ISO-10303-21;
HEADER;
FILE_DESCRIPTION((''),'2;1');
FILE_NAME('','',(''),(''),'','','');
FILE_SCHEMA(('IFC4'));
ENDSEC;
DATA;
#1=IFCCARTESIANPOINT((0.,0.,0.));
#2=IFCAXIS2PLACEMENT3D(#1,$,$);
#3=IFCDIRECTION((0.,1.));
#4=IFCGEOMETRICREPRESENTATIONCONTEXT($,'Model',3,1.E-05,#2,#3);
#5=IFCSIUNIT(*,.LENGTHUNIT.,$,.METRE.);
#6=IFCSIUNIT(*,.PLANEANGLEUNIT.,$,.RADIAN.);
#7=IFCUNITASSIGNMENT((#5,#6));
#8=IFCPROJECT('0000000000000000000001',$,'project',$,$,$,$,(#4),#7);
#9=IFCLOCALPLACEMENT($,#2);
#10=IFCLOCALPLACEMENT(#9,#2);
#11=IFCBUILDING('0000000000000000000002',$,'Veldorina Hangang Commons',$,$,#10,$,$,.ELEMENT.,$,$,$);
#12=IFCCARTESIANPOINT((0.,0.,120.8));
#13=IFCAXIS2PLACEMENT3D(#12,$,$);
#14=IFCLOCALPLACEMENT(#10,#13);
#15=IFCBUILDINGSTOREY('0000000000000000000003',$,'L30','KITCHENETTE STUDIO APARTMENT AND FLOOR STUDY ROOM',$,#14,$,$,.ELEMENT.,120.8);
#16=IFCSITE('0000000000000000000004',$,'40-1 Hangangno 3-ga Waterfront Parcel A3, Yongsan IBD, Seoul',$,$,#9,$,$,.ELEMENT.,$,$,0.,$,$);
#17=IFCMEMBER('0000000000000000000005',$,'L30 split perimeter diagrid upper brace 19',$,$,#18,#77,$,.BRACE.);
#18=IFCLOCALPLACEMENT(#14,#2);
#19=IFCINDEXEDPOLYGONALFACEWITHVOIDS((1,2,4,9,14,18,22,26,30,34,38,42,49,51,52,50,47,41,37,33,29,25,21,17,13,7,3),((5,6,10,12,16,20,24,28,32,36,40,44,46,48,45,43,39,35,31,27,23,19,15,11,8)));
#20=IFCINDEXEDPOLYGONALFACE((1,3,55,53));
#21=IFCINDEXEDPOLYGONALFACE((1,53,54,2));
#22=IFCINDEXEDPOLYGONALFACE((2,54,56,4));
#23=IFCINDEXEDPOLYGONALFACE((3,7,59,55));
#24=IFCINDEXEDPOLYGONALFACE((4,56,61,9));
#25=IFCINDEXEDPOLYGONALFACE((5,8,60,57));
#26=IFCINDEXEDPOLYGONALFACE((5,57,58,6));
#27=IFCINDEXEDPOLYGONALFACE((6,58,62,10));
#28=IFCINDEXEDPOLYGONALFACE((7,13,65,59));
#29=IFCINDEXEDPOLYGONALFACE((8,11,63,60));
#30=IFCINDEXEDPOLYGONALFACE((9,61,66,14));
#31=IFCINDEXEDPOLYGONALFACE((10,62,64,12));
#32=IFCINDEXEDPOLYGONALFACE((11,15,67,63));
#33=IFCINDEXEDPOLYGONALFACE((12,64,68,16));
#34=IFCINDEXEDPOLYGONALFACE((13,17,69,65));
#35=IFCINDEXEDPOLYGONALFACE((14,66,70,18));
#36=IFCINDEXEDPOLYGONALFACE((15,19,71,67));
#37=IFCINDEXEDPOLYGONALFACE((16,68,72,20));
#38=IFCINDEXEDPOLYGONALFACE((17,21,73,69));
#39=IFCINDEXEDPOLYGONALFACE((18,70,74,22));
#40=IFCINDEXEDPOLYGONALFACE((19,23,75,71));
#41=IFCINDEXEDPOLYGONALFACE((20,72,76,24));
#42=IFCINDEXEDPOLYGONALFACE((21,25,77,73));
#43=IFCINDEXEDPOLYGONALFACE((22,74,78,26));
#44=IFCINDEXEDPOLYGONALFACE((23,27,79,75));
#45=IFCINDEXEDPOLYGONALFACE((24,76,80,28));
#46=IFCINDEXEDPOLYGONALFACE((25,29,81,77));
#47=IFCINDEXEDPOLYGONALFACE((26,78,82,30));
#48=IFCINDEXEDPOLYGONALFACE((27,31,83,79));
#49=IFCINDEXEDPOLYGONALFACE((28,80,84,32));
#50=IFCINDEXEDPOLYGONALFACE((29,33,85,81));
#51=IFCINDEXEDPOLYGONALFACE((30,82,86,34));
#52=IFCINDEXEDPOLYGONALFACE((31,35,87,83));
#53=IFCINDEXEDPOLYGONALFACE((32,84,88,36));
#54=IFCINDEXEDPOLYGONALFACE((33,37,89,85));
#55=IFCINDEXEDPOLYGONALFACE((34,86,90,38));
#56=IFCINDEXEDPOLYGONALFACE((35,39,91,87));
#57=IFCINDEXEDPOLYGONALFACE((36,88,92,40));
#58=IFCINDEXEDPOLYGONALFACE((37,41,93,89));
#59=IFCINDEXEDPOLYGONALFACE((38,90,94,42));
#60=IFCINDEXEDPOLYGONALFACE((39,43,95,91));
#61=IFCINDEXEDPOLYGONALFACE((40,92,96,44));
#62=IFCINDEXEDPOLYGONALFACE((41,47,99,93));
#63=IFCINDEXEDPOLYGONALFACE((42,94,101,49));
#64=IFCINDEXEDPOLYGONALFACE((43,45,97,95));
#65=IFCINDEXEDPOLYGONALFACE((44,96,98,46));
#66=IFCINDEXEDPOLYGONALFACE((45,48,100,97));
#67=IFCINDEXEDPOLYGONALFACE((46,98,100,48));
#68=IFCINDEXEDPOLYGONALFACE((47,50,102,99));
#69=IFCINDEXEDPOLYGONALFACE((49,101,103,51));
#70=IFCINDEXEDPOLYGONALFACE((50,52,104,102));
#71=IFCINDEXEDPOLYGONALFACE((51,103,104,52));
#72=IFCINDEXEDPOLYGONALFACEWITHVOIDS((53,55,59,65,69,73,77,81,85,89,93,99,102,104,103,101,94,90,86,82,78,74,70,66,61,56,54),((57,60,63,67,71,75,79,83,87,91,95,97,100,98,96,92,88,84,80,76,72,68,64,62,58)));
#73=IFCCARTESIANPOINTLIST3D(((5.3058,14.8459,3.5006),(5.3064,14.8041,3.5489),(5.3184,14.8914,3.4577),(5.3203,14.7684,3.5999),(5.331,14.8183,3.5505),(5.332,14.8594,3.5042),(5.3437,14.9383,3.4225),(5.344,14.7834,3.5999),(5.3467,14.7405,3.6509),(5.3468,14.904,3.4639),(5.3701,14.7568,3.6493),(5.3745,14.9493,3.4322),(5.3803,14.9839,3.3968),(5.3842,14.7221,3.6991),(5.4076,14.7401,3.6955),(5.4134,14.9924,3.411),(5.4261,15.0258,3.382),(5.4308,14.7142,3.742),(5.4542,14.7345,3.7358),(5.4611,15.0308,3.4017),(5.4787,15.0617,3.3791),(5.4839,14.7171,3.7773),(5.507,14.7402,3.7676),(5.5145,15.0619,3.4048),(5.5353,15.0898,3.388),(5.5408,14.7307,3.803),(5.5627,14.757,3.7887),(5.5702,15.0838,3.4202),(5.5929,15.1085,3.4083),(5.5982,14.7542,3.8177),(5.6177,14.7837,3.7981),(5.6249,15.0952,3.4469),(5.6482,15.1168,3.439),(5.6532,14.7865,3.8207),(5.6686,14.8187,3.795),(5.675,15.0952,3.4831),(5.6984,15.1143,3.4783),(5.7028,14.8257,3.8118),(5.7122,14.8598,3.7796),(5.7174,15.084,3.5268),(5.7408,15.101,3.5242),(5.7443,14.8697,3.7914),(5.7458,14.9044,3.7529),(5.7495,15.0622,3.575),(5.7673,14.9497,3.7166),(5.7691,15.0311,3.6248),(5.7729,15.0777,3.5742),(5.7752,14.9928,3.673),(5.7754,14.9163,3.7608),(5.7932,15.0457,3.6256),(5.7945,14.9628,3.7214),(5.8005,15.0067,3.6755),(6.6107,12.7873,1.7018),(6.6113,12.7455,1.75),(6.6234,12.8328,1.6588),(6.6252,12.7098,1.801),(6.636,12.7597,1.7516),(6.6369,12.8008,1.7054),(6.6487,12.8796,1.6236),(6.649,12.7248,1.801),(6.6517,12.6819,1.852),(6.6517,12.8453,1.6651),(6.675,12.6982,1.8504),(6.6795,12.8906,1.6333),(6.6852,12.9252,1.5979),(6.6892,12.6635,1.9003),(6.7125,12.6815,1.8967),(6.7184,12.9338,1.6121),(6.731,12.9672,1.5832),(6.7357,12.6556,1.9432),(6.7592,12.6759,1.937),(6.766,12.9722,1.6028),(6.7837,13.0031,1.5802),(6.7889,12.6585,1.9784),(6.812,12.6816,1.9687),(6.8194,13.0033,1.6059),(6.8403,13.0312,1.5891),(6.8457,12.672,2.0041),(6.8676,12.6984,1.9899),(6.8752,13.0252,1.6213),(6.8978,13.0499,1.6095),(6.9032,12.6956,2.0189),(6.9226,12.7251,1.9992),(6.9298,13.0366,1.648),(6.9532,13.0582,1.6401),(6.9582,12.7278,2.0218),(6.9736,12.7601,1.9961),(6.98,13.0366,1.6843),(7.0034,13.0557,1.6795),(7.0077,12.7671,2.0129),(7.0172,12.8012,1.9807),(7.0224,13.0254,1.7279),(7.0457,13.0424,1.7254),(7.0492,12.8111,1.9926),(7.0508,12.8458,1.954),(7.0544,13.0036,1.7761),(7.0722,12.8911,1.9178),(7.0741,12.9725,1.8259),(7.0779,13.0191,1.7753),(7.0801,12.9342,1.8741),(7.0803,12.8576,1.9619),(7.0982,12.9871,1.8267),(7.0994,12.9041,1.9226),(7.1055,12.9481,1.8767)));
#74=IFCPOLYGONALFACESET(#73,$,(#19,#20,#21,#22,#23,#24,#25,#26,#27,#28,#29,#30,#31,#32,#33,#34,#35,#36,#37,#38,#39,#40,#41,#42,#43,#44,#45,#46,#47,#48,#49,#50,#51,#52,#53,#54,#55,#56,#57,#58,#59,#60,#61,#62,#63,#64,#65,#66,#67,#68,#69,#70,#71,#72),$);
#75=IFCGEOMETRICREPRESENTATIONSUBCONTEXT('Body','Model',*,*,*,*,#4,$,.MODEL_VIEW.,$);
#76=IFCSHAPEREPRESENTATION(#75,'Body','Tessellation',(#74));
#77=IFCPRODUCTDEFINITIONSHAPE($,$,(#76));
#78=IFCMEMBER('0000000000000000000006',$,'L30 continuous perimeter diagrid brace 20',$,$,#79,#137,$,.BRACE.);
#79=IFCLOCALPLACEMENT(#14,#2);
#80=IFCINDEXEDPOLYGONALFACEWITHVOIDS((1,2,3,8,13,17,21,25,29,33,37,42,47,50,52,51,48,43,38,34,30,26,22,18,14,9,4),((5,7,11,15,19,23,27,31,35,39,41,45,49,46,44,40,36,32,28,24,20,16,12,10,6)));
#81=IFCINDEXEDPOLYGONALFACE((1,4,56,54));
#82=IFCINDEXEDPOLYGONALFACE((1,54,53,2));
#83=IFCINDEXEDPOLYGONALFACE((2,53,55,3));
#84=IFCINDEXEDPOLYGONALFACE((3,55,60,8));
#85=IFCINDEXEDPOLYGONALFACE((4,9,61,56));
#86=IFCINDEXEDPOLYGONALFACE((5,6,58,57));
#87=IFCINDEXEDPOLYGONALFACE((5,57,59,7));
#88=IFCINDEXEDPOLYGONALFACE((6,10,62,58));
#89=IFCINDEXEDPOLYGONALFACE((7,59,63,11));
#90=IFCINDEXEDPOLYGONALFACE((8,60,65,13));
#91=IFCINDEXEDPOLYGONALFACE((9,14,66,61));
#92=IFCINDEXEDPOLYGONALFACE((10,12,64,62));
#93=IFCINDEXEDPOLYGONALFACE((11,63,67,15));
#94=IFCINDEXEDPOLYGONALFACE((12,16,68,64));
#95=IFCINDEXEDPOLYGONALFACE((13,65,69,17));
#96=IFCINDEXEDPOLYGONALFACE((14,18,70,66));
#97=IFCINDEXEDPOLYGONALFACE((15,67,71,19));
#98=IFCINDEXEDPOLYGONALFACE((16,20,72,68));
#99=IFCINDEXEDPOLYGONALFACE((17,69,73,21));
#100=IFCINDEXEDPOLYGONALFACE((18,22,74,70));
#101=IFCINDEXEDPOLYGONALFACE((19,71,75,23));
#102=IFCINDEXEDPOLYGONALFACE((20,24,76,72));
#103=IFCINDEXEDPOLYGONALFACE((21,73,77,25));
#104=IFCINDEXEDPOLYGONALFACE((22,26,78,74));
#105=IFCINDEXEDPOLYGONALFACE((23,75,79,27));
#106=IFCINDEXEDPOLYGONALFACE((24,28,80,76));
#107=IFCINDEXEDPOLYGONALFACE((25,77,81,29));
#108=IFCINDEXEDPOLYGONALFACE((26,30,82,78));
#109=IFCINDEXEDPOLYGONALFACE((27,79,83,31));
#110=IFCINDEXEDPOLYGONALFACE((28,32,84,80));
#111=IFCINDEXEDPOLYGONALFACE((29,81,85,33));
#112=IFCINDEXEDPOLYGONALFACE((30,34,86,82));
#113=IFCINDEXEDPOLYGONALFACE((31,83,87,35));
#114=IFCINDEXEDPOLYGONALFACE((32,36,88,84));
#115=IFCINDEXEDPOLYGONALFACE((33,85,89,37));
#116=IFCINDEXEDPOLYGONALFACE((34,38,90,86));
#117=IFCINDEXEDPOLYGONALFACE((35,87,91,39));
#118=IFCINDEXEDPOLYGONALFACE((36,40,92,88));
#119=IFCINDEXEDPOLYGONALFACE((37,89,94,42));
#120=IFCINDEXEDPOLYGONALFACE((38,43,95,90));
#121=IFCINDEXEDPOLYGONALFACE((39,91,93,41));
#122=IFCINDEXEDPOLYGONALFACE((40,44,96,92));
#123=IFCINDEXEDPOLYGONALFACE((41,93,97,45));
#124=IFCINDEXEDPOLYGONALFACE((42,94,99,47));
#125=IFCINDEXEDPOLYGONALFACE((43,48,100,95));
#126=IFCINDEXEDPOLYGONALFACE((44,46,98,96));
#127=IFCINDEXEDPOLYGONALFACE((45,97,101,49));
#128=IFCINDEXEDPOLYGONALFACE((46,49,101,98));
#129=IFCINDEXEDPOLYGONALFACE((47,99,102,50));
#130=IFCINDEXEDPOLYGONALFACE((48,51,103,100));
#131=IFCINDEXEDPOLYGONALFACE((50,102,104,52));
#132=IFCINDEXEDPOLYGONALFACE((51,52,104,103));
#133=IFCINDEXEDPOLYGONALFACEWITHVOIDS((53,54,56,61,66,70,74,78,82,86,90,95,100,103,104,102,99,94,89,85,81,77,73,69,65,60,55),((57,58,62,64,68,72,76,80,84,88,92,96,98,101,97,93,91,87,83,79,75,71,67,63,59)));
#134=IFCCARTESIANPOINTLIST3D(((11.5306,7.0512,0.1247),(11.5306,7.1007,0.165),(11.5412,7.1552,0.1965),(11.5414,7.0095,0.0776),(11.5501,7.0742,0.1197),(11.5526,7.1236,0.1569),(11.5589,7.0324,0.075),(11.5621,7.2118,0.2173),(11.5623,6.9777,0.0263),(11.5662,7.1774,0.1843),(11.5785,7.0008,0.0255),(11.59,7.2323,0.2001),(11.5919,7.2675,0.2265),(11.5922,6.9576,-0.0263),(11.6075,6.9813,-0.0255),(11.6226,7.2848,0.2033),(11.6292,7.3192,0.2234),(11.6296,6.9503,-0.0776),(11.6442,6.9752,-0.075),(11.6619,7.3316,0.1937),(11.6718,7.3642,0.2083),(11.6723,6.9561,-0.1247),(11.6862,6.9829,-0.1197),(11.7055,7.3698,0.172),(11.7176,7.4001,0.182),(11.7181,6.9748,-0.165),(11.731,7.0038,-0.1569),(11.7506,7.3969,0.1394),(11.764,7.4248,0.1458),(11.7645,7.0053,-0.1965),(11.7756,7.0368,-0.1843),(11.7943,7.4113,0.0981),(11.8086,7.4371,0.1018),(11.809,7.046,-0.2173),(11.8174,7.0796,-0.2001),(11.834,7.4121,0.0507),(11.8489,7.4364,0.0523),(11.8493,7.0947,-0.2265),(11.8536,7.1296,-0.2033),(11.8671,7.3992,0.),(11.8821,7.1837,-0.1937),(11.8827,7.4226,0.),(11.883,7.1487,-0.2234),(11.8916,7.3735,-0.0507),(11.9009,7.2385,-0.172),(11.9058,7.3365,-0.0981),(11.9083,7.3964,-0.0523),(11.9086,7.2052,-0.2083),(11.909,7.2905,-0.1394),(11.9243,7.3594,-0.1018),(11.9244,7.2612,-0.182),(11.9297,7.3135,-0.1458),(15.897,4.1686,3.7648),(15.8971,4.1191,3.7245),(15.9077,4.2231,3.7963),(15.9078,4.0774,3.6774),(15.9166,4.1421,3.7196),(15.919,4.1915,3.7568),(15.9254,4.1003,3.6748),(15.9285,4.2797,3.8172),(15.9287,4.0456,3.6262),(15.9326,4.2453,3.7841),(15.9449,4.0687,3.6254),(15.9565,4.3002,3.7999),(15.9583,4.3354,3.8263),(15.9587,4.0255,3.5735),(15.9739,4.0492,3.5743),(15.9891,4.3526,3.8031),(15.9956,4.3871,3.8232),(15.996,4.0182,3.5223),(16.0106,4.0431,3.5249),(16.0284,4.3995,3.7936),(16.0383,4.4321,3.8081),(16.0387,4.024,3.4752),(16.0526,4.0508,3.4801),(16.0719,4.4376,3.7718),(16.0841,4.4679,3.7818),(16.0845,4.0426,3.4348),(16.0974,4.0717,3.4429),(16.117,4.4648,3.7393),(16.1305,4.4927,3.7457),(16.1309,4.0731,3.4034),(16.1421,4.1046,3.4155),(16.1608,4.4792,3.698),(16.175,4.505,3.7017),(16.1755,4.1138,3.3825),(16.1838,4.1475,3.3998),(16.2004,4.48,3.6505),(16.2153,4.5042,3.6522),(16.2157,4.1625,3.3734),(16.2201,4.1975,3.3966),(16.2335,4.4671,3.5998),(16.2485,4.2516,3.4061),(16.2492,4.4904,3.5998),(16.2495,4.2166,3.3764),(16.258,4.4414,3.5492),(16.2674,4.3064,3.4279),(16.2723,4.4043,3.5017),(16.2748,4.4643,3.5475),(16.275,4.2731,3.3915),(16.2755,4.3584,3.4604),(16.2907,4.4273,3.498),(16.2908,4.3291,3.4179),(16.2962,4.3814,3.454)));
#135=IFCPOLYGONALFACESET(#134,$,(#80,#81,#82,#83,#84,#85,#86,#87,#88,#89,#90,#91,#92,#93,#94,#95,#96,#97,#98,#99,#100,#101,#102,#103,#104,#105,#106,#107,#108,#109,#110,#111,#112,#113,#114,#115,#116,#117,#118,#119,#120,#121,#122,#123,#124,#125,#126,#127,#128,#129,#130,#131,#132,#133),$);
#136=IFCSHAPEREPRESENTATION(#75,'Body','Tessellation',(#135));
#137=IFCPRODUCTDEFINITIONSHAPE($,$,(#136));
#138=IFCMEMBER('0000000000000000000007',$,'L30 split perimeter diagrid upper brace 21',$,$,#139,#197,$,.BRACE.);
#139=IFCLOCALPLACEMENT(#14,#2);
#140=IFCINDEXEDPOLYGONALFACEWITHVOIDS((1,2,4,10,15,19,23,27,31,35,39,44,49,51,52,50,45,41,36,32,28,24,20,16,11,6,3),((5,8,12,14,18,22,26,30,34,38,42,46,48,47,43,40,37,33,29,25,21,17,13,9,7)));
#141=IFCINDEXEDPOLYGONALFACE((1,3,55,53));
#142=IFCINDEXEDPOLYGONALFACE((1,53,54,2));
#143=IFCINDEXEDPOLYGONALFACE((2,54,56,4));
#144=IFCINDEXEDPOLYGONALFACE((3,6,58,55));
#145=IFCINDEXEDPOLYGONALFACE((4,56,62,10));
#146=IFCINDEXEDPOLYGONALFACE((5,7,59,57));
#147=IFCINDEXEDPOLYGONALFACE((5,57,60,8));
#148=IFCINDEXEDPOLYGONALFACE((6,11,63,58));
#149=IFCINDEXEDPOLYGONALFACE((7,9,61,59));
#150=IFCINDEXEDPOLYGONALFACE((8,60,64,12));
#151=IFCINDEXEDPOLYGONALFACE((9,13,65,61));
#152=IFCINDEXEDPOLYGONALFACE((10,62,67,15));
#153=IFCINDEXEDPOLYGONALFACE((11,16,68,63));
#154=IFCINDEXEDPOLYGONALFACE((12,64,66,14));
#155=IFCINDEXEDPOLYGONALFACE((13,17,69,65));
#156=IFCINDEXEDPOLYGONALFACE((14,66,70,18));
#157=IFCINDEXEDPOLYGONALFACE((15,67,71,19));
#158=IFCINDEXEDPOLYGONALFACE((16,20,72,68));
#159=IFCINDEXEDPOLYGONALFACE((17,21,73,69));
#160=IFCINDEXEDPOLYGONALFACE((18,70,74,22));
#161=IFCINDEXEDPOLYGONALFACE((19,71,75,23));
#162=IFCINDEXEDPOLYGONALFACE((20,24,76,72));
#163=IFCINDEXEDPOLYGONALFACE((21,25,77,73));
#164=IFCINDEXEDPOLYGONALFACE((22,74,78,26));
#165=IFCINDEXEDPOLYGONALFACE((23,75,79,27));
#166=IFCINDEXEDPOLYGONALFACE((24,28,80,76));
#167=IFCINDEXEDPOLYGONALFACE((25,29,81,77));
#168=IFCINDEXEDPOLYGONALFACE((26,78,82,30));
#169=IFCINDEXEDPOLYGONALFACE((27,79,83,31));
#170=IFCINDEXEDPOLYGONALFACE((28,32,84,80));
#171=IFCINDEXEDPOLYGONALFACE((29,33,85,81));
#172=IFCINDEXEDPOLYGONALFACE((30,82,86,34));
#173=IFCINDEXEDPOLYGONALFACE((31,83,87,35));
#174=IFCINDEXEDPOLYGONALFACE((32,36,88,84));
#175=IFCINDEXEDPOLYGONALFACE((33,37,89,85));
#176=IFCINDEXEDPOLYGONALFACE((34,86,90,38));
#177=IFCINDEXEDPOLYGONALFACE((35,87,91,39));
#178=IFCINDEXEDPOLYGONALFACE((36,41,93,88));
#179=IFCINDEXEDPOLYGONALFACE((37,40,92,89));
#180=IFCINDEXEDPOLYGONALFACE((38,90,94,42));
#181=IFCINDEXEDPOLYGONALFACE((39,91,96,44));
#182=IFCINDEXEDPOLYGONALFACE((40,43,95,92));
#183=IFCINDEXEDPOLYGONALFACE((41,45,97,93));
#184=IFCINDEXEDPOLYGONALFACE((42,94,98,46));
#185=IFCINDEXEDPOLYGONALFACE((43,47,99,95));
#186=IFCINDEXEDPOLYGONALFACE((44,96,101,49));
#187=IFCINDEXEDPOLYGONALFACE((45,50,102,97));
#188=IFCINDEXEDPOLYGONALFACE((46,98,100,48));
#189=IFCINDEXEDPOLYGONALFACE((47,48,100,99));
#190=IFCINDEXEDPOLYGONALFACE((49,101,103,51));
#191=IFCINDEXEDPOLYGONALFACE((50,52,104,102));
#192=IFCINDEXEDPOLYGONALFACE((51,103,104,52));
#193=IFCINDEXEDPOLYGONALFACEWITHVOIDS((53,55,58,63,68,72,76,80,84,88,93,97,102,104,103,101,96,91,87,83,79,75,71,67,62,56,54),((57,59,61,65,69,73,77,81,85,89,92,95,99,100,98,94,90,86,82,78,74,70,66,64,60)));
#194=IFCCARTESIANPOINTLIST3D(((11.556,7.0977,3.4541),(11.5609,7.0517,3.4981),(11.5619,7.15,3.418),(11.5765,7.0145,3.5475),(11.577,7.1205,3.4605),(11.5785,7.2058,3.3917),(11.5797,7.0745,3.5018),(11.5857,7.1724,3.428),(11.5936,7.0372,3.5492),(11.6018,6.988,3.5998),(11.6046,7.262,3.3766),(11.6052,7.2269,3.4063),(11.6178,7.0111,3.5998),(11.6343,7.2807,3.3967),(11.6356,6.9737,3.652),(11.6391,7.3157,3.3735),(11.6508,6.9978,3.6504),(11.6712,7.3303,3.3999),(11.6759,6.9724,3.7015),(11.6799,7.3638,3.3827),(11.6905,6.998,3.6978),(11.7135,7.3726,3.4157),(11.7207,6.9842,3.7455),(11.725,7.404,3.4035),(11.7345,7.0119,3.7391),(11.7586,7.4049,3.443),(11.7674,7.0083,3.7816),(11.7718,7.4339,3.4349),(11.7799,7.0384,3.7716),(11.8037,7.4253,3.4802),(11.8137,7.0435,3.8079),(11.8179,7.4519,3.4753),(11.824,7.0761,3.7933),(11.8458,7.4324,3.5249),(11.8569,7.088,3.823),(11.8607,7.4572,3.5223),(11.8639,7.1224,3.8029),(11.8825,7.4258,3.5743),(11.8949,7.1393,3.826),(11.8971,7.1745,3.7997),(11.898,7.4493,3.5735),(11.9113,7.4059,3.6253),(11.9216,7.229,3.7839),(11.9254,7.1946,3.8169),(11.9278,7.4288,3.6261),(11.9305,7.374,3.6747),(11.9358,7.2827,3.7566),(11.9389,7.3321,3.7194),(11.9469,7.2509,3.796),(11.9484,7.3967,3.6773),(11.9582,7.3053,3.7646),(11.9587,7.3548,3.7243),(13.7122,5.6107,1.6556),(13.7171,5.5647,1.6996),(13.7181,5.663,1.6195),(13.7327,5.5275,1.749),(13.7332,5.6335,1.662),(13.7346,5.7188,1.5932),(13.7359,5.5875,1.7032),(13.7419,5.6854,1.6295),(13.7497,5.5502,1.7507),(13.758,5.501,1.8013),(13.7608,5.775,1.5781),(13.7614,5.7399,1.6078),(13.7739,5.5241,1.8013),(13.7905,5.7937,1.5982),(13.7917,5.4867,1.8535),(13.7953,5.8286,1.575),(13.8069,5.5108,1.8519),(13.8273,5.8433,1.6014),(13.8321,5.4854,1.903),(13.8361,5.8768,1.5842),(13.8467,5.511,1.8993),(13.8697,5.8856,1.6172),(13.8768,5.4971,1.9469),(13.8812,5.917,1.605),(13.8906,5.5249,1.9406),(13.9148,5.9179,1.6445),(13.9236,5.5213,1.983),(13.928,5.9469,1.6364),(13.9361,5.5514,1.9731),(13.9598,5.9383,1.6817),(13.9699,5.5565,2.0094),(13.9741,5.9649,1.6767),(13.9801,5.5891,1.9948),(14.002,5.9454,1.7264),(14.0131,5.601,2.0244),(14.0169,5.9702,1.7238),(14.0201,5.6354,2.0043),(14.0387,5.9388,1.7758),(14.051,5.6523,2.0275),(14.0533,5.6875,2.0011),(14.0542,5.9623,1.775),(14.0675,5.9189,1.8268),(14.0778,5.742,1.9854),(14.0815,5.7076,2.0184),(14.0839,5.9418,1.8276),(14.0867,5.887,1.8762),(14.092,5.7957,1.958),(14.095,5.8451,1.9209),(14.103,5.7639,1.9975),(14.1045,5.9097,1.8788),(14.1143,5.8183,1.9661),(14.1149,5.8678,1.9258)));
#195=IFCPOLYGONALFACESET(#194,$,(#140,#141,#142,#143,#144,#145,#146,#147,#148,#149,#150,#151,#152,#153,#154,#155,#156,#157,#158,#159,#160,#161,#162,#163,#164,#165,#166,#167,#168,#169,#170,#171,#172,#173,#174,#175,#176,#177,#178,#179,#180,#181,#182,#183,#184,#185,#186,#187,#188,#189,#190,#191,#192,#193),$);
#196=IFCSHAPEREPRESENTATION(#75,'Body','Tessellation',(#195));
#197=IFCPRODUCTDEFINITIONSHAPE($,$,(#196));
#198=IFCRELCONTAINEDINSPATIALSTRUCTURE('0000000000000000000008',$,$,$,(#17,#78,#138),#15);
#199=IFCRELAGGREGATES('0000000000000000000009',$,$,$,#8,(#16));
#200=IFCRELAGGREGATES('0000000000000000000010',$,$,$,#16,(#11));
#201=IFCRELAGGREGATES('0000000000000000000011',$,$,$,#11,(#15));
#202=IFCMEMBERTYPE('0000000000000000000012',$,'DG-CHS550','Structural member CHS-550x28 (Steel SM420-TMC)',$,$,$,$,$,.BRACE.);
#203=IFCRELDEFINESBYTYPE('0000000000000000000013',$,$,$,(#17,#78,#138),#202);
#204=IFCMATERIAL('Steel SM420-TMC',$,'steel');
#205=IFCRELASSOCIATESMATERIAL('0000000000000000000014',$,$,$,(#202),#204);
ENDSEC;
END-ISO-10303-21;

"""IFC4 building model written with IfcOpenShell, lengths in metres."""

from ifc_helpers import new_model, si_unit, direction, frame, origin, origin_2d, place, context, subcontext, project, spatial, hollow_circle, extrude, material, material_profile, profile_set, type_object, element, save


model = new_model("IFC4")

# Units and contexts
model_context = context("Model", 3, precision=1e-05, world=origin(), true_north=direction((0.0, 1.0)))
body_context = subcontext(model_context, "Body", "Model", "MODEL_VIEW")
ifc_project = project(units=[si_unit("LENGTHUNIT", "METRE"), si_unit("PLANEANGLEUNIT", "RADIAN")], contexts=[model_context])

# Site, building, storey
site_placement = place(None, origin())
site = spatial("IfcSite", under=ifc_project, at=site_placement, Name="40-1 Hangangno 3-ga Waterfront Parcel A3, Yongsan IBD, Seoul", CompositionType="ELEMENT", RefElevation=0.0)
building_placement = place(site_placement, origin())
building = spatial("IfcBuilding", under=site, at=building_placement, Name="Veldorina Hangang Commons", CompositionType="ELEMENT")
storey_placement = place(building_placement, frame((0.0, 0.0, 120.8)))
storey = spatial("IfcBuildingStorey", under=building, at=storey_placement, Name="L30", Description="KITCHENETTE STUDIO APARTMENT AND FLOOR STUDY ROOM", CompositionType="ELEMENT", Elevation=120.8)

# Shared definitions
ifc_material_1 = material(Name="Steel SM420-TMC", Category="steel")

# Members
ifc_material_profile_1 = material_profile(ifc_material_1, hollow_circle(Radius=0.2749, WallThickness=0.0281, at=origin_2d()), Name="CHS-550x28")
ifc_profile_set_1 = profile_set([ifc_material_profile_1], Name="Steel SM420-TMC")
member_type = type_object("IfcMemberType", Name="DG-CHS550", Description="Structural member CHS-550x28 (Steel SM420-TMC)", PredefinedType="BRACE", material=ifc_profile_set_1)
member_1_placement = place(storey_placement, frame((6.8574, 12.8569, 1.801), z_axis=(-0.430775, 0.679569, 0.593817), x_axis=(-0.844605, -0.53539, 0.0)))
element("IfcMember", 1, at=member_1_placement, inside=storey, type_object=member_type, Name="L30 split perimeter diagrid upper brace 19", PredefinedType="BRACE", context=body_context, shape_type="SweptSolid", body=[
    extrude(hollow_circle(Radius=0.2749, WallThickness=0.0281, at=origin_2d()), origin(), (0.0, 0.0, 1.0), 3.0293),
])
member_2_placement = place(storey_placement, frame((11.7295, 7.1943, 0.0), z_axis=(0.685089, -0.460046, 0.564811), x_axis=(0.557482, 0.830189, 0.0)))
element("IfcMember", 2, at=member_2_placement, inside=storey, type_object=member_type, Name="L30 continuous perimeter diagrid brace 20", PredefinedType="BRACE", context=body_context, shape_type="SweptSolid", body=[
    extrude(hollow_circle(Radius=0.2749, WallThickness=0.0281, at=origin_2d()), origin(), (0.0, 0.0, 1.0), 6.3735),
])
member_3_placement = place(storey_placement, frame((13.9141, 5.7273, 1.8013), z_axis=(-0.678628, 0.468016, 0.566061), x_axis=(-0.567731, -0.823214, 0.0)))
element("IfcMember", 3, at=member_3_placement, inside=storey, type_object=member_type, Name="L30 split perimeter diagrid upper brace 21", PredefinedType="BRACE", context=body_context, shape_type="SweptSolid", body=[
    extrude(hollow_circle(Radius=0.2749, WallThickness=0.0281, at=origin_2d()), origin(), (0.0, 0.0, 1.0), 3.1772),
])

save(model, "model.ifc")
